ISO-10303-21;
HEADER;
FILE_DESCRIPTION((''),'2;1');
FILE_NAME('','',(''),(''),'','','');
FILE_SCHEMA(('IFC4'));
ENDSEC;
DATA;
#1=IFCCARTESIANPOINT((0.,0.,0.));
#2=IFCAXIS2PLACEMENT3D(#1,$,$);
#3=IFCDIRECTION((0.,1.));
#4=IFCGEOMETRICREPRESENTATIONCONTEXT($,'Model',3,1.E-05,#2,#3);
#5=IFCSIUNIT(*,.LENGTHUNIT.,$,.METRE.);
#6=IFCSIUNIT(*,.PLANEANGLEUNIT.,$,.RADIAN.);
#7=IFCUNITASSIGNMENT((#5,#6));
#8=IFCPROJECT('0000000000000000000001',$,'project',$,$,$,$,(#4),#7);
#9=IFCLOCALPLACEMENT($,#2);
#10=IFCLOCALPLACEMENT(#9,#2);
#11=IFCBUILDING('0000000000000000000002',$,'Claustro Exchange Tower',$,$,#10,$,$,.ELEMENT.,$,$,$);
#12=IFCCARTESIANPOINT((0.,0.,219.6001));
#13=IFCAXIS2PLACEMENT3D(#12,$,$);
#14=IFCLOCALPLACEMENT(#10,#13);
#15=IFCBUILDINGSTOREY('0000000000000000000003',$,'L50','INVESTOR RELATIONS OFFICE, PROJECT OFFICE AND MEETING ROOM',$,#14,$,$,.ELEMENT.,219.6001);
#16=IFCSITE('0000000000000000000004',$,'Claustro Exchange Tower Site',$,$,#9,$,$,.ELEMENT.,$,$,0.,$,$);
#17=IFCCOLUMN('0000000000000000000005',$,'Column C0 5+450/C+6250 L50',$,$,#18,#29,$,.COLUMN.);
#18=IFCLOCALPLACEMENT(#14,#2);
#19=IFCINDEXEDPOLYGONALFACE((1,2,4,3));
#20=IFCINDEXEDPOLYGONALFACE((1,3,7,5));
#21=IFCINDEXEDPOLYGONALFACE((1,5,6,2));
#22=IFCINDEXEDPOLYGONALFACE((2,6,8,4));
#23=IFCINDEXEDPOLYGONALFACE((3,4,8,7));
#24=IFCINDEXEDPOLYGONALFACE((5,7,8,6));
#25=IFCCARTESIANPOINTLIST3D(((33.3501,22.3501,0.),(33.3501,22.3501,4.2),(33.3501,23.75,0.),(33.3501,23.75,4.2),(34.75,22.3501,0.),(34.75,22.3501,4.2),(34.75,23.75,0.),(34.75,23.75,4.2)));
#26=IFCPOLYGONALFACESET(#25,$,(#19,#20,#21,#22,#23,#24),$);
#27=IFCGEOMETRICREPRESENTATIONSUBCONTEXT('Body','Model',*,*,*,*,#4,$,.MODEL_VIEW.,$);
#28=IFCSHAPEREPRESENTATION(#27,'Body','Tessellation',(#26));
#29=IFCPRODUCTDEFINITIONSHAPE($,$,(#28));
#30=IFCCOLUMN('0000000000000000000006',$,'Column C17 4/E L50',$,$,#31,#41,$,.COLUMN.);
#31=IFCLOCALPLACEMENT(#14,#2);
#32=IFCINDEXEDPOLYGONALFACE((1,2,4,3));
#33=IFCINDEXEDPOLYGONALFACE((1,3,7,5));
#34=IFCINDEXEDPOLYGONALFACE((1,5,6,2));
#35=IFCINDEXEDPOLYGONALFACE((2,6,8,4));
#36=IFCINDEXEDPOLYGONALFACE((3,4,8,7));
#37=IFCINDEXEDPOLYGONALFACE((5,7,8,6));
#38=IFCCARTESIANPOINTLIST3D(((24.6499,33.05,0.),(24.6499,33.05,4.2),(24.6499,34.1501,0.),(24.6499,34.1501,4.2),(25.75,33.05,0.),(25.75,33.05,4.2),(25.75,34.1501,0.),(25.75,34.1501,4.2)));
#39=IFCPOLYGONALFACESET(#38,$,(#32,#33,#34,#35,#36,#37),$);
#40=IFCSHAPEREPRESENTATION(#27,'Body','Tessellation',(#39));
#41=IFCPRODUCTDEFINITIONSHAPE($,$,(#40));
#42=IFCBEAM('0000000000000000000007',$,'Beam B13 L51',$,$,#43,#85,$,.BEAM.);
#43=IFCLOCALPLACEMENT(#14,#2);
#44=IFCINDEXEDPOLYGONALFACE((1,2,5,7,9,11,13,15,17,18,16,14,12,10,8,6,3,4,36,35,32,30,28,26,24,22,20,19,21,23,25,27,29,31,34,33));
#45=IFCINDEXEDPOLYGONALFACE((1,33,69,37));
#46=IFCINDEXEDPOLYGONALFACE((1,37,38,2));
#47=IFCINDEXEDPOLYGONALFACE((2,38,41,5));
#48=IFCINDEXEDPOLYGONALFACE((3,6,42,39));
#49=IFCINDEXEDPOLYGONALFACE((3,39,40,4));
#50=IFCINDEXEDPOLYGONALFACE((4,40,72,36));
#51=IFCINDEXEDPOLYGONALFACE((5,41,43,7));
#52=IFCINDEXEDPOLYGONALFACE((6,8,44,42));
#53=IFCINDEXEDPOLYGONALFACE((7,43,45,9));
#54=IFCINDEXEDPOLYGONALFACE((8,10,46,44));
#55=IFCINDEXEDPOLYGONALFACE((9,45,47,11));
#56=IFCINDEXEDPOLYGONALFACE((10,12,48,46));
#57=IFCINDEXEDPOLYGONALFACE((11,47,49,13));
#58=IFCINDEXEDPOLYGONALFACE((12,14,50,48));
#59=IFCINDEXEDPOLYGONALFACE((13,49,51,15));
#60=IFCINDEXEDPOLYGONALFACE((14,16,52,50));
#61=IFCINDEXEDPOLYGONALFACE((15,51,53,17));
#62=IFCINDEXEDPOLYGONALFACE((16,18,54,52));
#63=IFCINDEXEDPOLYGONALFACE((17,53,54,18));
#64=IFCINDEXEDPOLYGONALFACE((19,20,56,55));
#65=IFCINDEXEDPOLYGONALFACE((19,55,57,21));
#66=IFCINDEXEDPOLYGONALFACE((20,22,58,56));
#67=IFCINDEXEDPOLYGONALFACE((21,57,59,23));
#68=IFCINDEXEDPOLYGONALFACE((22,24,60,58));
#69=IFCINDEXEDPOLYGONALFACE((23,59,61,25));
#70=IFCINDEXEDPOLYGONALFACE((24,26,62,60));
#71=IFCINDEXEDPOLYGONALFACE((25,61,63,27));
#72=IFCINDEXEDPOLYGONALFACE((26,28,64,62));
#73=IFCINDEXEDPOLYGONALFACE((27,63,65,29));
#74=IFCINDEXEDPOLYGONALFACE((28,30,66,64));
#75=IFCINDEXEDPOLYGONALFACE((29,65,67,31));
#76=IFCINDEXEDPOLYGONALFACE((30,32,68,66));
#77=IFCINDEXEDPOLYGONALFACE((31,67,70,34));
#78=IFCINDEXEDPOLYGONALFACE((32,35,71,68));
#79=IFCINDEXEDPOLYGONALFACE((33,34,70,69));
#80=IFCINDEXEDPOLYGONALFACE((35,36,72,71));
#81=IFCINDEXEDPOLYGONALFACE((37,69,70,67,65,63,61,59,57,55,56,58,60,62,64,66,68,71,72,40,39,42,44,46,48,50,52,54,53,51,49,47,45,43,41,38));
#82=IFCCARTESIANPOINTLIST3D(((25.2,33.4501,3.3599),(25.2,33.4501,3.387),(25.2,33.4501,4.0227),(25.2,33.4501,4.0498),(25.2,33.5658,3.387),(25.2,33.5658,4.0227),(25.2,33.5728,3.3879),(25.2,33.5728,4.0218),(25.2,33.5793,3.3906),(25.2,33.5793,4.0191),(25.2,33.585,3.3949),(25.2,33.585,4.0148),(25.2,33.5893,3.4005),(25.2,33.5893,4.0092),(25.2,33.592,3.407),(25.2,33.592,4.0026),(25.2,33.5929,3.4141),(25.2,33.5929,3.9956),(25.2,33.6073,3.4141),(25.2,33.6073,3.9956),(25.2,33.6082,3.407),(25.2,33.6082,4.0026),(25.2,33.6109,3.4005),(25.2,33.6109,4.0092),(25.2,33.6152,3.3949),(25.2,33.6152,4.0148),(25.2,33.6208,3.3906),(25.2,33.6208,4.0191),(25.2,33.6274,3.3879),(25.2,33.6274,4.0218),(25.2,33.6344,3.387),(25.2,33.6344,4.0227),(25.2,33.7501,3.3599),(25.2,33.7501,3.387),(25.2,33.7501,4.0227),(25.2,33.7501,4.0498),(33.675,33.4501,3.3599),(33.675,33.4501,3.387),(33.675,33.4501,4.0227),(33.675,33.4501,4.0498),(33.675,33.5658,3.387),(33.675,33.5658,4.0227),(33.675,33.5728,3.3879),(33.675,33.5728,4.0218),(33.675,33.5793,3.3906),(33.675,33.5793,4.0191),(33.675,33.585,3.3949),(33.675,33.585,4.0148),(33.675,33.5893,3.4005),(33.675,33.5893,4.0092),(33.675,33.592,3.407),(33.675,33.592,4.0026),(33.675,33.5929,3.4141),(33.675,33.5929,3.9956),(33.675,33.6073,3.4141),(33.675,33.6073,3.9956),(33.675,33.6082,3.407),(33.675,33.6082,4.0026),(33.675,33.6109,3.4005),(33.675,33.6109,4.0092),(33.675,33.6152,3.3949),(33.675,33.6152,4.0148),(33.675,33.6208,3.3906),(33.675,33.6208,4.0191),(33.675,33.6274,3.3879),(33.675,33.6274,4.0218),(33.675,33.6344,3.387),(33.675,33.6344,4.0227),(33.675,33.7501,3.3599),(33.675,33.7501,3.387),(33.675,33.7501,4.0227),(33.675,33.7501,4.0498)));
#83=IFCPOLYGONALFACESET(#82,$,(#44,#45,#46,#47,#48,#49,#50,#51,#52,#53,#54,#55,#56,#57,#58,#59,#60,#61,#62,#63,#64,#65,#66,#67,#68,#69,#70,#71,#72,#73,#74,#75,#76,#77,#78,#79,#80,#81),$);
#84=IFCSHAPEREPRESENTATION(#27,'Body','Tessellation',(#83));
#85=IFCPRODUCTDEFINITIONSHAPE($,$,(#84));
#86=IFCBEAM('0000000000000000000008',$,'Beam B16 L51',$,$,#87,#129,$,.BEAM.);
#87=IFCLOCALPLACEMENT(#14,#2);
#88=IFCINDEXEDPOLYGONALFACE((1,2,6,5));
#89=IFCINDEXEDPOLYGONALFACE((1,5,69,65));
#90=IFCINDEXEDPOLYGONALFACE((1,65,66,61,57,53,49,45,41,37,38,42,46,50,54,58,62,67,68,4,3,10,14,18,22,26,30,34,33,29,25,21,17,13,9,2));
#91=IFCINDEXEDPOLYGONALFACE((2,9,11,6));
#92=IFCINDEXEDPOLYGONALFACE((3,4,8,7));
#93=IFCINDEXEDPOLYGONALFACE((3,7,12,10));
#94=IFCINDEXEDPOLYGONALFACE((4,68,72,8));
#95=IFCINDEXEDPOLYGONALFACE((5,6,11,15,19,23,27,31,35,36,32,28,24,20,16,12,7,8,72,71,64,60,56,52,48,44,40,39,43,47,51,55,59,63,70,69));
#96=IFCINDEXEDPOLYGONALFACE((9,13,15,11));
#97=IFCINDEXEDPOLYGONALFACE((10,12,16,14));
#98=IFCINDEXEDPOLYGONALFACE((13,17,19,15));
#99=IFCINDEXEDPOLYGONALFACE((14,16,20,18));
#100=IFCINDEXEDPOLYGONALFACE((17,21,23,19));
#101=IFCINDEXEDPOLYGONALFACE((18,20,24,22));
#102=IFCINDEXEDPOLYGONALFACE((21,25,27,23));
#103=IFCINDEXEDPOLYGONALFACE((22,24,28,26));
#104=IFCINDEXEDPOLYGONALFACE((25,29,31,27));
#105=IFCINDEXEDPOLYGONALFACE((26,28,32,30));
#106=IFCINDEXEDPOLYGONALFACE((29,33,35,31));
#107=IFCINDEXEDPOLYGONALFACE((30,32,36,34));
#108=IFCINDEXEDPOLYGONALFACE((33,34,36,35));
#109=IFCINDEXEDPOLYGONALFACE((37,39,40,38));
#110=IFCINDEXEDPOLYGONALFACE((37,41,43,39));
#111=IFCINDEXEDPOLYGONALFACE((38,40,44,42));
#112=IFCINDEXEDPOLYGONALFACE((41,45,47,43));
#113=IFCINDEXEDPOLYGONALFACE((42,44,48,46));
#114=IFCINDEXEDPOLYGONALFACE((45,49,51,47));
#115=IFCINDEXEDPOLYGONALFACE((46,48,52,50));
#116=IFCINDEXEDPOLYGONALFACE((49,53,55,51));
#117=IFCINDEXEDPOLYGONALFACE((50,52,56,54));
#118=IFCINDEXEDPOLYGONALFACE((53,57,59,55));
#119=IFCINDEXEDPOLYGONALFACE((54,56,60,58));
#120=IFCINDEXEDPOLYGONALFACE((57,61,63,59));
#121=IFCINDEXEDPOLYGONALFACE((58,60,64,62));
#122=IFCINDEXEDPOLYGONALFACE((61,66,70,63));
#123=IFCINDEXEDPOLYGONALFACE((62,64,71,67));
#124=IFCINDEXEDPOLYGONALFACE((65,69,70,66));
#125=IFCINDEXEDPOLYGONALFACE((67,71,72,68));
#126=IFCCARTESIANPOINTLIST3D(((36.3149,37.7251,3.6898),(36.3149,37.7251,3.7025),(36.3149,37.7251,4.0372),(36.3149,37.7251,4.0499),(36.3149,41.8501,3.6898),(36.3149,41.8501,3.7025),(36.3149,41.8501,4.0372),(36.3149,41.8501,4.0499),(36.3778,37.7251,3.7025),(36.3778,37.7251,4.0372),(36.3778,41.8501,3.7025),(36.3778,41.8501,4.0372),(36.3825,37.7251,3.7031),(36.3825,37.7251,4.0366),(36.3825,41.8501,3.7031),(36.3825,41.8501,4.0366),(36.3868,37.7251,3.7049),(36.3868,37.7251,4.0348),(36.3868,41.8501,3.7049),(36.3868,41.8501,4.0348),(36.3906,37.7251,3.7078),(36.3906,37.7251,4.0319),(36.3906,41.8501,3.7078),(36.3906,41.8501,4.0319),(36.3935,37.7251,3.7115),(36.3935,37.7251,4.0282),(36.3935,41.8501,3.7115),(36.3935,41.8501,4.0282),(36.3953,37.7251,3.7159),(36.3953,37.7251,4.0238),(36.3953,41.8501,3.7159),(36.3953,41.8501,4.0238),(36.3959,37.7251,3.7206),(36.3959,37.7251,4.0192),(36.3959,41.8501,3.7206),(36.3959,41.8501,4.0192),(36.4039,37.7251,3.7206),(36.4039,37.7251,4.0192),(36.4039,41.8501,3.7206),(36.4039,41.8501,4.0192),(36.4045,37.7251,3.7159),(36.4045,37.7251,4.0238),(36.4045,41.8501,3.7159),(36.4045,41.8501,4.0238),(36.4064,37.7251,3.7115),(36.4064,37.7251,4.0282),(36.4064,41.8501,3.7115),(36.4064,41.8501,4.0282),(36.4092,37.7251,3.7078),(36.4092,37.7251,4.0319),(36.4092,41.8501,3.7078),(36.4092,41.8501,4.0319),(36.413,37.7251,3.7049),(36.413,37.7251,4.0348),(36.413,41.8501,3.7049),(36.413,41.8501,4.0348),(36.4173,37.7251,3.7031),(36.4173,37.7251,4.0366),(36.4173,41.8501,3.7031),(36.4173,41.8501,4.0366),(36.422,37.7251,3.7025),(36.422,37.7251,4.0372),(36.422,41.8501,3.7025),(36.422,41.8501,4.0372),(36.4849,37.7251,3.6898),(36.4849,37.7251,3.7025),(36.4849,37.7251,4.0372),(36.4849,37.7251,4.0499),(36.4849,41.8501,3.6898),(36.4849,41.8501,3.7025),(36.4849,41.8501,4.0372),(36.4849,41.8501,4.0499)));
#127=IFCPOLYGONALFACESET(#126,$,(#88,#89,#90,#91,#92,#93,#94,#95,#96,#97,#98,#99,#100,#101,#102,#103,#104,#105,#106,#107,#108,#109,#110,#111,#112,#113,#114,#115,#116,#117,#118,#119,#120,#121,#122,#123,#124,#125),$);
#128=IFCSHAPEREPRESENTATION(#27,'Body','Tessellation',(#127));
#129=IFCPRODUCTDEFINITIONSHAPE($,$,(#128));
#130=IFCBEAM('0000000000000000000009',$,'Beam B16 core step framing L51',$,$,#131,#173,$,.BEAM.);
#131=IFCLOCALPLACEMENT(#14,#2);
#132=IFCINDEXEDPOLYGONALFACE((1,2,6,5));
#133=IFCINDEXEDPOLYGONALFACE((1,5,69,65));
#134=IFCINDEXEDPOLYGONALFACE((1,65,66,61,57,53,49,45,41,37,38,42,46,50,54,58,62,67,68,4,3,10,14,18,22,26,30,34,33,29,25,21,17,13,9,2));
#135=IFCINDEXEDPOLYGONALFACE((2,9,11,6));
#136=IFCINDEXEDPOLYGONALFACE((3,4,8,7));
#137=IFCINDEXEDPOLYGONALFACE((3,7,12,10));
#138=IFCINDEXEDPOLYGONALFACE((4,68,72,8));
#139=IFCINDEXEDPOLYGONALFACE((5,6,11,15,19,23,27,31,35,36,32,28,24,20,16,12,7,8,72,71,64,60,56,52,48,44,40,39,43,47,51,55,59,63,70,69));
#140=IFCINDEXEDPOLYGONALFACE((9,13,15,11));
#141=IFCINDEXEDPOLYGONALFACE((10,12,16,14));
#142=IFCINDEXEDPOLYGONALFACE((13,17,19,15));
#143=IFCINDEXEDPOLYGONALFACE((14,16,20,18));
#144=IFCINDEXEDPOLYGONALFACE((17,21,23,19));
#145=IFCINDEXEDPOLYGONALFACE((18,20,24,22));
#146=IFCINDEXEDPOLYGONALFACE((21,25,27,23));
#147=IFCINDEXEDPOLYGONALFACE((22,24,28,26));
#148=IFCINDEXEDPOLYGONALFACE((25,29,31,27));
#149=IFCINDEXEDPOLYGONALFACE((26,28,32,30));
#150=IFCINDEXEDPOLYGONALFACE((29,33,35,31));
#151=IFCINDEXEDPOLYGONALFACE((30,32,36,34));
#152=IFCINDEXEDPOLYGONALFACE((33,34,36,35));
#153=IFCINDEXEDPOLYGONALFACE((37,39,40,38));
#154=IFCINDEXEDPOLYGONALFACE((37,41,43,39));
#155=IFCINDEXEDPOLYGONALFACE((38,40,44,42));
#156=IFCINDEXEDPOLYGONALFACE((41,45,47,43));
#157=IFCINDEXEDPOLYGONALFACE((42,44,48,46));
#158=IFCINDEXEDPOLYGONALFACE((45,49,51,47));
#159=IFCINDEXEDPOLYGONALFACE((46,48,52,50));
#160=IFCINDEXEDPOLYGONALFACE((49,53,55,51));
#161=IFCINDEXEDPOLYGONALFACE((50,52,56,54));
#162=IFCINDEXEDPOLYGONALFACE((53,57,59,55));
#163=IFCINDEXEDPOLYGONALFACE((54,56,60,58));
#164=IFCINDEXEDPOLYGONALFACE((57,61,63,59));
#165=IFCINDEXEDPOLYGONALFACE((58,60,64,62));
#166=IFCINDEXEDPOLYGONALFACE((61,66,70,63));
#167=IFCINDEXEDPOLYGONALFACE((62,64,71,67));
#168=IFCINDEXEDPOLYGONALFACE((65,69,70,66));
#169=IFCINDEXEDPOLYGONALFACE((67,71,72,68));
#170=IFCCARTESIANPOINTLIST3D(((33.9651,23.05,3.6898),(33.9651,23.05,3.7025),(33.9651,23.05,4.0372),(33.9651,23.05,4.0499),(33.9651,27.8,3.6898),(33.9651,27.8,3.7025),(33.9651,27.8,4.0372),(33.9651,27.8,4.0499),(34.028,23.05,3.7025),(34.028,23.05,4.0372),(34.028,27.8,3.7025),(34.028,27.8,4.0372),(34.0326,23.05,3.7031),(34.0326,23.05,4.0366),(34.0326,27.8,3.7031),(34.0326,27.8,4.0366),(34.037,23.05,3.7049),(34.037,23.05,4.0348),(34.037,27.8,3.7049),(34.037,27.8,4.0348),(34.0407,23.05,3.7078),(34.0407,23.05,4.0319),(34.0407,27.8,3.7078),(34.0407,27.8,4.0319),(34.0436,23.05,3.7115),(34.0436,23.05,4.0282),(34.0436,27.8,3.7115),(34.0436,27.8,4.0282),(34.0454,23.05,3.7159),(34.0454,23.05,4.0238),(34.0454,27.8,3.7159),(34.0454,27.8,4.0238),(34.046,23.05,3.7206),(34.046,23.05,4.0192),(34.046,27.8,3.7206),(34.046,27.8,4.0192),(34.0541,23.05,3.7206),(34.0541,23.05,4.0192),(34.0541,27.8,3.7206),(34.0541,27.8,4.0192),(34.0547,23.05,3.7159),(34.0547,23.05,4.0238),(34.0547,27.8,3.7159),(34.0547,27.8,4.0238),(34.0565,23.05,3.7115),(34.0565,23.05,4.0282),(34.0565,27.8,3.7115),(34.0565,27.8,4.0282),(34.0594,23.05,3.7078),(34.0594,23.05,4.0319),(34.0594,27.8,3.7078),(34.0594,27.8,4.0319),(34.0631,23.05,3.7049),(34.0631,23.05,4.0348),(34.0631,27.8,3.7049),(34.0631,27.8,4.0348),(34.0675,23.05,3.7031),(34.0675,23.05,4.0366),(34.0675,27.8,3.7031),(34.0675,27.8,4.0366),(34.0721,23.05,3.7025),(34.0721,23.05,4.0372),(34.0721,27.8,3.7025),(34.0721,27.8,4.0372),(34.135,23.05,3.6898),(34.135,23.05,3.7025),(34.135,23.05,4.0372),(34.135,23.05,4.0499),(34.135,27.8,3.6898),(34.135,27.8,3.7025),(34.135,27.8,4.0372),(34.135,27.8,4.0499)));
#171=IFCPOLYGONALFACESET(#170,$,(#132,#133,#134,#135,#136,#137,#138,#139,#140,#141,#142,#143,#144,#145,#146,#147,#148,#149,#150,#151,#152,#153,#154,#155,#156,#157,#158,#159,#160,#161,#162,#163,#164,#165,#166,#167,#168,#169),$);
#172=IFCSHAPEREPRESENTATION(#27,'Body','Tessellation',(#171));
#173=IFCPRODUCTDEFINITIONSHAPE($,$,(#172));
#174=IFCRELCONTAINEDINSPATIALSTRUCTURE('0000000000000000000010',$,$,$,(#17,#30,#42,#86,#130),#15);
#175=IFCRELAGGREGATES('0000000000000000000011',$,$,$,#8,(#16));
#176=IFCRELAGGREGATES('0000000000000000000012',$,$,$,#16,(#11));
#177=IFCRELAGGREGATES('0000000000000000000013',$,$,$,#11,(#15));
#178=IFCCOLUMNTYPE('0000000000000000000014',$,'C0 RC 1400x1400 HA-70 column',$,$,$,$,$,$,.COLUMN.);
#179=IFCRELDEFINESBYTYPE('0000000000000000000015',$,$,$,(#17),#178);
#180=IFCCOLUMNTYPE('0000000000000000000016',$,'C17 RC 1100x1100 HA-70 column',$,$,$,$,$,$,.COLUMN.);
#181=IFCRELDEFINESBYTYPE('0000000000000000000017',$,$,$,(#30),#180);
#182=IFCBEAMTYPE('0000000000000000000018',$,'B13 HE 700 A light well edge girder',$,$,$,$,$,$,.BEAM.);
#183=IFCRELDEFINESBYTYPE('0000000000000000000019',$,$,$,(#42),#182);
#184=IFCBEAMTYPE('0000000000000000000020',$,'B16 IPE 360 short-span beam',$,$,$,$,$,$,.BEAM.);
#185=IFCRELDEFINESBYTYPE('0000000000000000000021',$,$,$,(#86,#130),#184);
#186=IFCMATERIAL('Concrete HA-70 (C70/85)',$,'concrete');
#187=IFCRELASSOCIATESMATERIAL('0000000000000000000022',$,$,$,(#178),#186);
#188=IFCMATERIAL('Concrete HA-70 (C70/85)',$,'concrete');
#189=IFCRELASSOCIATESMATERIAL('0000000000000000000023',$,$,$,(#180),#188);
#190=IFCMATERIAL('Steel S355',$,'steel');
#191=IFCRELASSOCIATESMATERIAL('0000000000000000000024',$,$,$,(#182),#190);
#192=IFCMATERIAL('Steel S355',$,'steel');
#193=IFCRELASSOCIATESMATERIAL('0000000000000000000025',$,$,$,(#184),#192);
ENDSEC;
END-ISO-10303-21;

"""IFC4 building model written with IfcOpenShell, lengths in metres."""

from ifc_helpers import new_model, si_unit, direction, frame, origin, origin_2d, place, context, subcontext, project, spatial, rectangle, i_section, extrude, material, material_profile, profile_set, type_object, element, save


model = new_model("IFC4")

# Units and contexts
model_context = context("Model", 3, precision=1e-05, world=origin(), true_north=direction((0.0, 1.0)))
body_context = subcontext(model_context, "Body", "Model", "MODEL_VIEW")
ifc_project = project(units=[si_unit("LENGTHUNIT", "METRE"), si_unit("PLANEANGLEUNIT", "RADIAN")], contexts=[model_context])

# Site, building, storey
site_placement = place(None, origin())
site = spatial("IfcSite", under=ifc_project, at=site_placement, Name="Claustro Exchange Tower Site", CompositionType="ELEMENT", RefElevation=0.0)
building_placement = place(site_placement, origin())
building = spatial("IfcBuilding", under=site, at=building_placement, Name="Claustro Exchange Tower", CompositionType="ELEMENT")
storey_placement = place(building_placement, frame((0.0, 0.0, 219.6001)))
storey = spatial("IfcBuildingStorey", under=building, at=storey_placement, Name="L50", Description="INVESTOR RELATIONS OFFICE, PROJECT OFFICE AND MEETING ROOM", CompositionType="ELEMENT", Elevation=219.6001)

# Columns
ifc_material_1 = material(Name="Concrete HA-70 (C70/85)", Category="concrete")
ifc_material_profile_1 = material_profile(ifc_material_1, rectangle(XDim=1.3999, YDim=1.3999, at=origin_2d()), Name="RC 1400x1400")
ifc_profile_set_1 = profile_set([ifc_material_profile_1], Name="Concrete HA-70 (C70/85)")
column_type_1 = type_object("IfcColumnType", Name="C0 RC 1400x1400 HA-70 column", PredefinedType="COLUMN", material=ifc_profile_set_1)
column_1_placement = place(storey_placement, frame((34.05, 23.05, 0.0), z_axis=(0.0, 0.0, 1.0), x_axis=(1.0, 0.0, 0.0)))
element("IfcColumn", 1, at=column_1_placement, inside=storey, type_object=column_type_1, Name="Column C0 5+450/C+6250 L50", PredefinedType="COLUMN", context=body_context, shape_type="SweptSolid", body=[
    extrude(rectangle(XDim=1.3999, YDim=1.3999, at=origin_2d()), origin(), (0.0, 0.0, 1.0), 4.2),
])
ifc_material_2 = material(Name="Concrete HA-70 (C70/85)", Category="concrete")
ifc_material_profile_2 = material_profile(ifc_material_2, rectangle(XDim=1.1001, YDim=1.1001, at=origin_2d()), Name="RC 1100x1100")
ifc_profile_set_2 = profile_set([ifc_material_profile_2], Name="Concrete HA-70 (C70/85)")
column_type_2 = type_object("IfcColumnType", Name="C17 RC 1100x1100 HA-70 column", PredefinedType="COLUMN", material=ifc_profile_set_2)
column_2_placement = place(storey_placement, frame((25.2, 33.6001, 0.0), z_axis=(0.0, 0.0, 1.0), x_axis=(1.0, 0.0, 0.0)))
element("IfcColumn", 2, at=column_2_placement, inside=storey, type_object=column_type_2, Name="Column C17 4/E L50", PredefinedType="COLUMN", context=body_context, shape_type="SweptSolid", body=[
    extrude(rectangle(XDim=1.1001, YDim=1.1001, at=origin_2d()), origin(), (0.0, 0.0, 1.0), 4.2),
])

# Beams
ifc_material_3 = material(Name="Steel S355", Category="steel")
ifc_material_profile_3 = material_profile(ifc_material_3, i_section(OverallWidth=0.3, OverallDepth=0.6899, WebThickness=0.0144, FlangeThickness=0.0271, FilletRadius=0.0271, at=origin_2d()), Name="HE 700 A")
ifc_profile_set_3 = profile_set([ifc_material_profile_3], Name="Steel S355")
beam_type_1 = type_object("IfcBeamType", Name="B13 HE 700 A light well edge girder", PredefinedType="BEAM", material=ifc_profile_set_3)
beam_1_placement = place(storey_placement, frame((25.2, 33.6001, 3.7048), z_axis=(1.0, 0.0, 0.0), x_axis=(0.0, 1.0, 0.0)))
element("IfcBeam", 3, at=beam_1_placement, inside=storey, type_object=beam_type_1, Name="Beam B13 L51", PredefinedType="BEAM", context=body_context, shape_type="SweptSolid", body=[
    extrude(i_section(OverallWidth=0.3, OverallDepth=0.6899, WebThickness=0.0144, FlangeThickness=0.0271, FilletRadius=0.0271, at=origin_2d()), origin(), (0.0, 0.0, 1.0), 8.4751),
])
ifc_material_4 = material(Name="Steel S355", Category="steel")
ifc_material_profile_4 = material_profile(ifc_material_4, i_section(OverallWidth=0.1699, OverallDepth=0.3601, WebThickness=0.0081, FlangeThickness=0.0127, FilletRadius=0.0181, at=origin_2d()), Name="IPE 360")
ifc_profile_set_4 = profile_set([ifc_material_profile_4], Name="Steel S355")
beam_type_2 = type_object("IfcBeamType", Name="B16 IPE 360 short-span beam", PredefinedType="BEAM", material=ifc_profile_set_4)
beam_2_placement = place(storey_placement, frame((36.3999, 37.7251, 3.8699), z_axis=(0.0, 1.0, 0.0), x_axis=(-1.0, 0.0, 0.0)))
element("IfcBeam", 4, at=beam_2_placement, inside=storey, type_object=beam_type_2, Name="Beam B16 L51", PredefinedType="BEAM", context=body_context, shape_type="SweptSolid", body=[
    extrude(i_section(OverallWidth=0.1699, OverallDepth=0.3601, WebThickness=0.0081, FlangeThickness=0.0127, FilletRadius=0.0181, at=origin_2d()), origin(), (0.0, 0.0, 1.0), 4.125),
])
beam_3_placement = place(storey_placement, frame((34.05, 23.05, 3.8699), z_axis=(0.0, 1.0, 0.0), x_axis=(-1.0, 0.0, 0.0)))
element("IfcBeam", 5, at=beam_3_placement, inside=storey, type_object=beam_type_2, Name="Beam B16 core step framing L51", PredefinedType="BEAM", context=body_context, shape_type="SweptSolid", body=[
    extrude(i_section(OverallWidth=0.1699, OverallDepth=0.3601, WebThickness=0.0081, FlangeThickness=0.0127, FilletRadius=0.0181, at=origin_2d()), origin(), (0.0, 0.0, 1.0), 4.75),
])

save(model, "model.ifc")
